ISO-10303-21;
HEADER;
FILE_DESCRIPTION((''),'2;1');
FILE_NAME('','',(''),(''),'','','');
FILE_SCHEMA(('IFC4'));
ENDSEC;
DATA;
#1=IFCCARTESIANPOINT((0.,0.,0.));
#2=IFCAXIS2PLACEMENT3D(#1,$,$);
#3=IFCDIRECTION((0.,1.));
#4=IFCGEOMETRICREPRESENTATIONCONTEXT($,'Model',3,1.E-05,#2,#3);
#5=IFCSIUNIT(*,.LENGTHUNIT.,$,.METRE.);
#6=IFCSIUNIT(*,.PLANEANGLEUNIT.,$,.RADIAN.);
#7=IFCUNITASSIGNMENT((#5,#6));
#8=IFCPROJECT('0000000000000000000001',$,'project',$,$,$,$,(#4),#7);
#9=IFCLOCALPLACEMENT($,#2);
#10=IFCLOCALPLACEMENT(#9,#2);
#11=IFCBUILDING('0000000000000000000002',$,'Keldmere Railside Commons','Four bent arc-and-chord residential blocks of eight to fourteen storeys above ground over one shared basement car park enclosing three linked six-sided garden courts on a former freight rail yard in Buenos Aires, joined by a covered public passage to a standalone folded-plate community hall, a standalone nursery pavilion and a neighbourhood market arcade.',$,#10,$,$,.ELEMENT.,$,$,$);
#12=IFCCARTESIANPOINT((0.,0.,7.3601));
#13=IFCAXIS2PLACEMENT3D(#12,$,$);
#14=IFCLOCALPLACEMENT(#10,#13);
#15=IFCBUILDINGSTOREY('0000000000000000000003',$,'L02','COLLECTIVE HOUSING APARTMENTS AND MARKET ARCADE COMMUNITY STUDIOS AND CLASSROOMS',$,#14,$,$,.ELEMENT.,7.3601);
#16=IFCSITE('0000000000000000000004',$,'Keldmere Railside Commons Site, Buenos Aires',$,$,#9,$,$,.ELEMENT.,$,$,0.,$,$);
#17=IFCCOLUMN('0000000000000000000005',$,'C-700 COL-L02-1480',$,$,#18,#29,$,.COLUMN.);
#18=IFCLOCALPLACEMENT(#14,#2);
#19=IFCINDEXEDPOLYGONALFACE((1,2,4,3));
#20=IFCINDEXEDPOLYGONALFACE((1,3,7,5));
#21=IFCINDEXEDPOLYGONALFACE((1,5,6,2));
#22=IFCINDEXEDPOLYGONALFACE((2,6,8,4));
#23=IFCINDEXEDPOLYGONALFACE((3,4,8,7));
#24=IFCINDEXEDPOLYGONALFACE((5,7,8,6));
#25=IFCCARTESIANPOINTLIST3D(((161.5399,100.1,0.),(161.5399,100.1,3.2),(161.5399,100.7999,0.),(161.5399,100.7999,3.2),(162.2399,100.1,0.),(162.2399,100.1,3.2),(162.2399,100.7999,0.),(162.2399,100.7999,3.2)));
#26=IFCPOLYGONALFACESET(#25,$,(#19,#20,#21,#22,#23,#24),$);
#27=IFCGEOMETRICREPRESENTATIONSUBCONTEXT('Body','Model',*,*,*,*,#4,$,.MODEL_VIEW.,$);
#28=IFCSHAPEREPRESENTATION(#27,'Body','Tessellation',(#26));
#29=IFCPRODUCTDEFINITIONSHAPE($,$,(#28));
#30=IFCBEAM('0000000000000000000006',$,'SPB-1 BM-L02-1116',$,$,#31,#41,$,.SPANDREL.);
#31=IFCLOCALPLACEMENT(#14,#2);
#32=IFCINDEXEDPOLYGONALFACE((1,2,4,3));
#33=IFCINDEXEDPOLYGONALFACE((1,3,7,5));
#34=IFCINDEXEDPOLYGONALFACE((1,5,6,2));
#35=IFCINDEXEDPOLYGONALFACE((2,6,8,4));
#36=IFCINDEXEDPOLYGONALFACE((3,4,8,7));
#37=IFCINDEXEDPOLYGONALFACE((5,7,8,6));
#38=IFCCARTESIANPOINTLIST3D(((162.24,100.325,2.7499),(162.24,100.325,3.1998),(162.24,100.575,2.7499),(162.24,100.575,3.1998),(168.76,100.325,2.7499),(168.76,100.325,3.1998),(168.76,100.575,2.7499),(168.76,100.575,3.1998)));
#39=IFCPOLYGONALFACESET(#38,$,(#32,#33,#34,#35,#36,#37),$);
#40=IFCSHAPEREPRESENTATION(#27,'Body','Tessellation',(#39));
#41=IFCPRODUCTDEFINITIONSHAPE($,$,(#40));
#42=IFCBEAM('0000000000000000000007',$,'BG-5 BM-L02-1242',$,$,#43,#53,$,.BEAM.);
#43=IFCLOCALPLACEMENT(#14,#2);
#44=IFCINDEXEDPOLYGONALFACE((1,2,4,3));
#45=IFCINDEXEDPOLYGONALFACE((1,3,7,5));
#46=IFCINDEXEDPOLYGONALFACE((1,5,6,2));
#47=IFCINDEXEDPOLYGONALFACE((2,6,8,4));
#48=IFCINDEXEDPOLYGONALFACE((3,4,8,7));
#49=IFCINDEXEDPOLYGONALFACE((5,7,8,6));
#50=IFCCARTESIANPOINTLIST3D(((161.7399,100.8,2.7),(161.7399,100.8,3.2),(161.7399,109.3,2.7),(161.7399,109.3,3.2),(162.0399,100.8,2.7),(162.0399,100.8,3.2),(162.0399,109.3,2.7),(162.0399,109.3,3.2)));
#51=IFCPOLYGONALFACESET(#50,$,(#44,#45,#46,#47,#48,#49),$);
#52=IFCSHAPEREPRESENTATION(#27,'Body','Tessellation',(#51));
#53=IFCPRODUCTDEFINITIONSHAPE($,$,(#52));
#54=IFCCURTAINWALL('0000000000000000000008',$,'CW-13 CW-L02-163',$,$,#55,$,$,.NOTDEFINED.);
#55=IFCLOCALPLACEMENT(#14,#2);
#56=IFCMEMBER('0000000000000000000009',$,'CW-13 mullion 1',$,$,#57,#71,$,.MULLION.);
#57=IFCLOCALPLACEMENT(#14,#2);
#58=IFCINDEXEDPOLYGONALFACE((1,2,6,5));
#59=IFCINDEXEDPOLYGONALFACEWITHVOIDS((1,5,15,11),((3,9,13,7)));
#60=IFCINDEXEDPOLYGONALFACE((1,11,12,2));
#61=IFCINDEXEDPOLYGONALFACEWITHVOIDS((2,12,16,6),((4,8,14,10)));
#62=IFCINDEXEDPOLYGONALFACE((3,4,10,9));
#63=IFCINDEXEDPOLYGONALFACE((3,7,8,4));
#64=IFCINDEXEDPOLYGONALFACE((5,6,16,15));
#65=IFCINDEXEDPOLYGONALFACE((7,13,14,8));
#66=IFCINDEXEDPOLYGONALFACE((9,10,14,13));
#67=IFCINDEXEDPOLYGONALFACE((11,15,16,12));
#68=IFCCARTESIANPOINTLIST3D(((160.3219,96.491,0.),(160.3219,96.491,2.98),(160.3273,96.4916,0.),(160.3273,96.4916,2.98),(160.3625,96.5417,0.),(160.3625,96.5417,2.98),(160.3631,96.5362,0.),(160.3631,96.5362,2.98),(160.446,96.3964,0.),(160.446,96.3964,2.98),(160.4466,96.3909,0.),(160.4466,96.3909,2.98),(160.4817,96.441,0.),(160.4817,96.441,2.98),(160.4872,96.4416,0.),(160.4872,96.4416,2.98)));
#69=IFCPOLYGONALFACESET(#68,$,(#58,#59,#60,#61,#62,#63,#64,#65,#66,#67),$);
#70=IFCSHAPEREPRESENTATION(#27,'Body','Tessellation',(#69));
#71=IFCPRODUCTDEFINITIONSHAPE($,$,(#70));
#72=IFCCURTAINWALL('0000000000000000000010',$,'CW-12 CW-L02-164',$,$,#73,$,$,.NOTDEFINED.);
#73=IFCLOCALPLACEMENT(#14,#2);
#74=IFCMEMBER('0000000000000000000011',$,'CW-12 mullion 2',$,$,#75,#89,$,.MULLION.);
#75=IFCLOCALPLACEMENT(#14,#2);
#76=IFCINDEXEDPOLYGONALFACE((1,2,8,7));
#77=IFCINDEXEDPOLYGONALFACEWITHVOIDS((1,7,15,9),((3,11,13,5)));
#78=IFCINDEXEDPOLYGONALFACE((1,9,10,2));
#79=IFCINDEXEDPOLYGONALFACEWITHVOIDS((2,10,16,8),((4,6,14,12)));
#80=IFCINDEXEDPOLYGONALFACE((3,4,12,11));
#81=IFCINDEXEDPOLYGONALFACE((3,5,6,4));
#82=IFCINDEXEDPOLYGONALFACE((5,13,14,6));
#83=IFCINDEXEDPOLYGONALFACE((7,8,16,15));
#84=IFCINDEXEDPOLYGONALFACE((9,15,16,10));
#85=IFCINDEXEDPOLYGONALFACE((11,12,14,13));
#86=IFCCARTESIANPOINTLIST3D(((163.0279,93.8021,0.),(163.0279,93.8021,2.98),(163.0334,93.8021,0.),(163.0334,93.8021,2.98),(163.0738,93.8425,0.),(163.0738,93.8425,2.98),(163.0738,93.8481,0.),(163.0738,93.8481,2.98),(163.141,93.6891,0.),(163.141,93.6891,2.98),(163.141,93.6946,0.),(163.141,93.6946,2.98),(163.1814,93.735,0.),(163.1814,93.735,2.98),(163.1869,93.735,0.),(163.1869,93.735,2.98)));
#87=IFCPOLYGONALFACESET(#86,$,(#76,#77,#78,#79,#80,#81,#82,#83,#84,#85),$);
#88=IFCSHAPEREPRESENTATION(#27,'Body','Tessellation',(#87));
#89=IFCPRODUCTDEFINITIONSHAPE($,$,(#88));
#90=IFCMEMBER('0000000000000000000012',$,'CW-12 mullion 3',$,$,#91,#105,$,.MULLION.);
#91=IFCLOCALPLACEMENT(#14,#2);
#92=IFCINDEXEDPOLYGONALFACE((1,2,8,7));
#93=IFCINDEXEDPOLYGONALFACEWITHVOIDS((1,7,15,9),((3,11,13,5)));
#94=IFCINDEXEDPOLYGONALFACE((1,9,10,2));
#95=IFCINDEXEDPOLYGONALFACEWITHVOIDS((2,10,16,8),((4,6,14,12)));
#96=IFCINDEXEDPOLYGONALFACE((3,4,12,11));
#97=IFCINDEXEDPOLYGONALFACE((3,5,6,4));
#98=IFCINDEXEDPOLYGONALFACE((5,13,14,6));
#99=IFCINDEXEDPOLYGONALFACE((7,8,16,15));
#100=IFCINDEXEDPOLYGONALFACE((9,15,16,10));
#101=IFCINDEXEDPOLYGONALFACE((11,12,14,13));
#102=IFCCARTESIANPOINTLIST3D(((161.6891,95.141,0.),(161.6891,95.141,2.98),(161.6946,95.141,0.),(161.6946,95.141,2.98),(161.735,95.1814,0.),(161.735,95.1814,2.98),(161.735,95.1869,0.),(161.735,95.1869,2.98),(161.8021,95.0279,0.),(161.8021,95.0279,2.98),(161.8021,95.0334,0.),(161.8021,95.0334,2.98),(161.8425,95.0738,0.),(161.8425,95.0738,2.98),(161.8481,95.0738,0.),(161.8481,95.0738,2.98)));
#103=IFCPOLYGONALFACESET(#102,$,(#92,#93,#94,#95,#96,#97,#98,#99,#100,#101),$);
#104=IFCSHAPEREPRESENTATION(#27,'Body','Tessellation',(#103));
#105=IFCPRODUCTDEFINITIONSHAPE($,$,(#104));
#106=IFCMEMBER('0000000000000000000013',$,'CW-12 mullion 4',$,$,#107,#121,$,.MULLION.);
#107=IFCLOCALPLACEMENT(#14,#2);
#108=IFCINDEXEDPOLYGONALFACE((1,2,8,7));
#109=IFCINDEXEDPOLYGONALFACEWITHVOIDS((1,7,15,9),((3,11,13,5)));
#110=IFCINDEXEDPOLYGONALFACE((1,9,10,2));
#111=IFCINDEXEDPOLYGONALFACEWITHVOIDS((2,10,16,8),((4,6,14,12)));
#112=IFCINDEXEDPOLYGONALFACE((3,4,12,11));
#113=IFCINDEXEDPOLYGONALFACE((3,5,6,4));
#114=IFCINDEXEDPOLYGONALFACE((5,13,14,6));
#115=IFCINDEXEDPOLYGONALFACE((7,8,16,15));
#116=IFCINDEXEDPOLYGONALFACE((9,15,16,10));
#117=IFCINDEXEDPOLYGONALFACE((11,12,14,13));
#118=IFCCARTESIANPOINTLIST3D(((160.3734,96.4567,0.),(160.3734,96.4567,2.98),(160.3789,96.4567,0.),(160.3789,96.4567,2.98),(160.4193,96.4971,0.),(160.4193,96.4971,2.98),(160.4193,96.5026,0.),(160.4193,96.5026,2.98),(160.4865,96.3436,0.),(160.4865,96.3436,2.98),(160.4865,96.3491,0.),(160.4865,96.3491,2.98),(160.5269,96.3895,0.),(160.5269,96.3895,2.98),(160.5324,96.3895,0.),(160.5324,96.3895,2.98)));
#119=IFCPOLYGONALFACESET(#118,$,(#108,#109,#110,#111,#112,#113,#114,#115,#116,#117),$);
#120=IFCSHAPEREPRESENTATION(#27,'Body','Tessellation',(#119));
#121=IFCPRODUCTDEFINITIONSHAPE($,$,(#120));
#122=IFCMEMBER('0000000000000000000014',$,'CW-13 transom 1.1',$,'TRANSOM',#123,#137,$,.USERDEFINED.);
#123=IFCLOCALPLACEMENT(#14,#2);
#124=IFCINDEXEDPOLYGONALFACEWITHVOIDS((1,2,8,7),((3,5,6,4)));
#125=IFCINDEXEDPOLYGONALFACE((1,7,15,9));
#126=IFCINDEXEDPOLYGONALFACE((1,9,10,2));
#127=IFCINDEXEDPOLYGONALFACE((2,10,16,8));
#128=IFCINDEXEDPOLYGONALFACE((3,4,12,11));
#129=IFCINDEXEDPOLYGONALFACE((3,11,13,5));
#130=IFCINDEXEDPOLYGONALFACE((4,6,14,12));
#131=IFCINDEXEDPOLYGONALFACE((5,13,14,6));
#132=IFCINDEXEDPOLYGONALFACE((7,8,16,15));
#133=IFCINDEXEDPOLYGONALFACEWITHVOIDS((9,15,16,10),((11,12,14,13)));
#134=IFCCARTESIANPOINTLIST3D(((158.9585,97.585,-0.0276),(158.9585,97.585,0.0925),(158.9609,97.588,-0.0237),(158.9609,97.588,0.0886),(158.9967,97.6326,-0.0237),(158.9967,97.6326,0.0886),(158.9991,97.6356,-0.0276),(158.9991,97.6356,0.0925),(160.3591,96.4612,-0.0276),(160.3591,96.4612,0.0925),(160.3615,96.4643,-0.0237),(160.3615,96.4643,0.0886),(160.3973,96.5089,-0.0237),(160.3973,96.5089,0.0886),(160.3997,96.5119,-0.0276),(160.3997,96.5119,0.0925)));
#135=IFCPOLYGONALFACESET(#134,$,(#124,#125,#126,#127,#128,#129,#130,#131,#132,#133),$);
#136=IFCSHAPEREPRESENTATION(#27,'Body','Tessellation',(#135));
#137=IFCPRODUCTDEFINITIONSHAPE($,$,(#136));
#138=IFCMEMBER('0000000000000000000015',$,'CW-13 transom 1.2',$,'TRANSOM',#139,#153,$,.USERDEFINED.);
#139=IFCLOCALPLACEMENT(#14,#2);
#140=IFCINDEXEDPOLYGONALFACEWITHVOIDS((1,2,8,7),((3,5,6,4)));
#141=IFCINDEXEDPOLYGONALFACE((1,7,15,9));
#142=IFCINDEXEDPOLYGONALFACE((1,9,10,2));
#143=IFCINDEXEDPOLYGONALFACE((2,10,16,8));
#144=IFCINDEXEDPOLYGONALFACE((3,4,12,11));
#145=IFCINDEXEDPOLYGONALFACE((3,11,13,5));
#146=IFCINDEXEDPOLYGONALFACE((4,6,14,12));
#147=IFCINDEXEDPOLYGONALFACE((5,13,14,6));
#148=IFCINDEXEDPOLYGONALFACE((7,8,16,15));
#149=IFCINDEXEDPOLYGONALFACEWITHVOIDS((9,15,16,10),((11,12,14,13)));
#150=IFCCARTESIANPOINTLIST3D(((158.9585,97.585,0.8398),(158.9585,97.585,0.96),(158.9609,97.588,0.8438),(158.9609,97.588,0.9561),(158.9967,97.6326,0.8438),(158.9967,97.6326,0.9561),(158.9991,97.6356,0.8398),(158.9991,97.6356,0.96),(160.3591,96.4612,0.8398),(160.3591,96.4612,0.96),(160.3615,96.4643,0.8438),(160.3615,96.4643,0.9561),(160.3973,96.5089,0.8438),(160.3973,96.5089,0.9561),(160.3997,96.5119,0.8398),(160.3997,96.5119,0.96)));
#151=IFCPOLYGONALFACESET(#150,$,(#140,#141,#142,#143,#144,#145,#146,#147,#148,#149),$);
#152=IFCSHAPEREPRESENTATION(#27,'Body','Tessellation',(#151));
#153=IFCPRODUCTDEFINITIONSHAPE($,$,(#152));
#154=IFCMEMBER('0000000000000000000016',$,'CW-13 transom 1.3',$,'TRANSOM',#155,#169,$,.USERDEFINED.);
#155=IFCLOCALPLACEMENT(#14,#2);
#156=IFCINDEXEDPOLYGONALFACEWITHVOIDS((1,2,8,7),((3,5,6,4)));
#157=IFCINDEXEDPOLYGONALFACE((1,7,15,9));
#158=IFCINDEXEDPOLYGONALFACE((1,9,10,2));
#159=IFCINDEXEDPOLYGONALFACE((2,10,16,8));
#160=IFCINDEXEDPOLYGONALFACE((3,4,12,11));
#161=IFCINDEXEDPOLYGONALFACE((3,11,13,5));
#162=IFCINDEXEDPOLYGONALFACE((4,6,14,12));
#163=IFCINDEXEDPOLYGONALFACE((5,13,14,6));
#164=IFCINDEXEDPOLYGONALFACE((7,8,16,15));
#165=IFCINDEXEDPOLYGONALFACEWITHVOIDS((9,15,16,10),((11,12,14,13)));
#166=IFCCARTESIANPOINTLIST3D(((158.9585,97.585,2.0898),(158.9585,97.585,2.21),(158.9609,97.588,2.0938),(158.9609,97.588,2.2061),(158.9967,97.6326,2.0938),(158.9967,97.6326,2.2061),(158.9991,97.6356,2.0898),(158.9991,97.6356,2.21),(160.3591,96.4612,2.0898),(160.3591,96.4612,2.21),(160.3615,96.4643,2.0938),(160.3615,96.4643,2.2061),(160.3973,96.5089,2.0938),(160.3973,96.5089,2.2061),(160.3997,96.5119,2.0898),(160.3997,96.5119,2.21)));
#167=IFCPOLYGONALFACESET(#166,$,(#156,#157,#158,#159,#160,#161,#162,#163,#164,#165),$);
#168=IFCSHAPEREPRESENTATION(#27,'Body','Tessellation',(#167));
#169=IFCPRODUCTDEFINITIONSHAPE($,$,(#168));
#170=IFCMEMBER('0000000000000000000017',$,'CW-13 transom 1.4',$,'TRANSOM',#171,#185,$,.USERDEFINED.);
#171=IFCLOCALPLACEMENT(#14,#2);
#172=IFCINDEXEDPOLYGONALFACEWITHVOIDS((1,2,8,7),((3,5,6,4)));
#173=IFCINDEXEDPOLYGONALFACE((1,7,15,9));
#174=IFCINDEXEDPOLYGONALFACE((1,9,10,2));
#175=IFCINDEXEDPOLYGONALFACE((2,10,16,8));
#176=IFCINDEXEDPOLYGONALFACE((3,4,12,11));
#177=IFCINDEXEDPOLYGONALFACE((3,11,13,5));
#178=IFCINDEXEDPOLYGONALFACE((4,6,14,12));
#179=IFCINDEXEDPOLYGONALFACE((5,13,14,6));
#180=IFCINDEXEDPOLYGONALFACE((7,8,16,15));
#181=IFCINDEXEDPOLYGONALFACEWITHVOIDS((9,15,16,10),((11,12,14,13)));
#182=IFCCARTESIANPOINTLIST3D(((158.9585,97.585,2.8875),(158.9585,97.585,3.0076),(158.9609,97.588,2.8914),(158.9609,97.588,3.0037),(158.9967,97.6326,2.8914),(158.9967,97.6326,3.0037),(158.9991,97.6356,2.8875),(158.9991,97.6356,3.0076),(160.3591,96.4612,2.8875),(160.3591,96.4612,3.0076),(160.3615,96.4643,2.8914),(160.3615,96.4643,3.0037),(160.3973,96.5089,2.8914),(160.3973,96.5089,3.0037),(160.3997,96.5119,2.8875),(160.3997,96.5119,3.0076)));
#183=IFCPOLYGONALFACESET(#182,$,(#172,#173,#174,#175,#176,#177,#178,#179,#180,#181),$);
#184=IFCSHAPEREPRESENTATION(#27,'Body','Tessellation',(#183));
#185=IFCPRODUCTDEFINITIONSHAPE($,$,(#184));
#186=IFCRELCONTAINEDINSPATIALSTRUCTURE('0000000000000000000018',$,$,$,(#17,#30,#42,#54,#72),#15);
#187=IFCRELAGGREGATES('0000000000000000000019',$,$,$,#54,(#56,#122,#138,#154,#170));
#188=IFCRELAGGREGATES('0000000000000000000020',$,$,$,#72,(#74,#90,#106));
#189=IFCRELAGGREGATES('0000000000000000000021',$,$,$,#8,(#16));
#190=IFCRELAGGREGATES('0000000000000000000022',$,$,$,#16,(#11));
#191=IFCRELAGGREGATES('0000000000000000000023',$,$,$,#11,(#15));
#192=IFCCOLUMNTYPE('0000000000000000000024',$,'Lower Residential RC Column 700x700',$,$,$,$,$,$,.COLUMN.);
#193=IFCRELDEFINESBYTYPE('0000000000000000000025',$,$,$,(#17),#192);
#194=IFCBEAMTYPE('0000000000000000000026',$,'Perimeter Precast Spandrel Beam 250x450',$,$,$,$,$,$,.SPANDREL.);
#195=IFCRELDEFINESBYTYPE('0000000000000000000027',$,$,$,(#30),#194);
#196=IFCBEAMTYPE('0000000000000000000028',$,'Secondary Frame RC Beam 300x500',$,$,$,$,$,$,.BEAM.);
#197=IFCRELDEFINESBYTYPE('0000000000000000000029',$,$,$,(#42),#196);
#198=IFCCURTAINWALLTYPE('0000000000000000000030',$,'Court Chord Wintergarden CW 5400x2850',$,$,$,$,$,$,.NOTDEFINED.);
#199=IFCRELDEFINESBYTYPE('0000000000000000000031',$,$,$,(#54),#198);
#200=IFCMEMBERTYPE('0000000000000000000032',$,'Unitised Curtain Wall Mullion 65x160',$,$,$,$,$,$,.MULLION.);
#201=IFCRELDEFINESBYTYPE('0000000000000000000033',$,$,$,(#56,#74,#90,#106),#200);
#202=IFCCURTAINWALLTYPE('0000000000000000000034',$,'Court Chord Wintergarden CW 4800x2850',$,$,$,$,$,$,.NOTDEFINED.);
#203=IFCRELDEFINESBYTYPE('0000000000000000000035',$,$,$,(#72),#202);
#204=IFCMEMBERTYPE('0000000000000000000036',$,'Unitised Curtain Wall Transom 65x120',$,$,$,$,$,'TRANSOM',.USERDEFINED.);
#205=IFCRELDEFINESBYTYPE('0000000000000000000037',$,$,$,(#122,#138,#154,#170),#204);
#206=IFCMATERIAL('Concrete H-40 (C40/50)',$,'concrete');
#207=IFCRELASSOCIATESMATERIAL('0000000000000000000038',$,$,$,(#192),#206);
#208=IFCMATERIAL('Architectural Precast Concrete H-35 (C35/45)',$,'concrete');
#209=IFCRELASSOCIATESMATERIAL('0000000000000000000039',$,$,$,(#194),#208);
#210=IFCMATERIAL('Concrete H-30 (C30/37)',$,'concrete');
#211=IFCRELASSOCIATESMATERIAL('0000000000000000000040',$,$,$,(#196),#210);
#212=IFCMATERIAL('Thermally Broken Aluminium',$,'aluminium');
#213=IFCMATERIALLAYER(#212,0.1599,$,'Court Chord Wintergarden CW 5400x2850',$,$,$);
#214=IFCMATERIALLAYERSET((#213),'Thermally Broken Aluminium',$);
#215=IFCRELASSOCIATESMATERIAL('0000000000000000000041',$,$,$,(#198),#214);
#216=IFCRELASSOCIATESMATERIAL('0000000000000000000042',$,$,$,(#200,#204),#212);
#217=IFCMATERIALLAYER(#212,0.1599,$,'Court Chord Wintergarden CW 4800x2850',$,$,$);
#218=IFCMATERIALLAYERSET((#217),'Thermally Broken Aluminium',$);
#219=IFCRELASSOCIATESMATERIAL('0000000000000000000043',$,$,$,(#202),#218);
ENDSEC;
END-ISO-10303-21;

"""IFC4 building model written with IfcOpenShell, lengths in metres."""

from ifc_helpers import new_model, si_unit, direction, frame, origin, origin_2d, place, context, subcontext, project, spatial, rectangle, hollow_rectangle, extrude, material, layer, layer_set, material_profile, profile_set, type_object, element, aggregate, save


model = new_model("IFC4")

# Units and contexts
model_context = context("Model", 3, precision=1e-05, world=origin(), true_north=direction((0.0, 1.0)))
body_context = subcontext(model_context, "Body", "Model", "MODEL_VIEW")
ifc_project = project(units=[si_unit("LENGTHUNIT", "METRE"), si_unit("PLANEANGLEUNIT", "RADIAN")], contexts=[model_context])

# Site, building, storey
site_placement = place(None, origin())
site = spatial("IfcSite", under=ifc_project, at=site_placement, Name="Keldmere Railside Commons Site, Buenos Aires", CompositionType="ELEMENT", RefElevation=0.0)
building_placement = place(site_placement, origin())
building = spatial("IfcBuilding", under=site, at=building_placement, Name="Keldmere Railside Commons", Description="Four bent arc-and-chord residential blocks of eight to fourteen storeys above ground over one shared basement car park enclosing three linked six-sided garden courts on a former freight rail yard in Buenos Aires, joined by a covered public passage to a standalone folded-plate community hall, a standalone nursery pavilion and a neighbourhood market arcade.", CompositionType="ELEMENT")
storey_placement = place(building_placement, frame((0.0, 0.0, 7.3601)))
storey = spatial("IfcBuildingStorey", under=building, at=storey_placement, Name="L02", Description="COLLECTIVE HOUSING APARTMENTS AND MARKET ARCADE COMMUNITY STUDIOS AND CLASSROOMS", CompositionType="ELEMENT", Elevation=7.3601)

# Column
ifc_material_1 = material(Name="Concrete H-40 (C40/50)", Category="concrete")
ifc_material_profile_1 = material_profile(ifc_material_1, rectangle(XDim=0.7, YDim=0.7, at=origin_2d()), Name="RC-700x700")
ifc_profile_set_1 = profile_set([ifc_material_profile_1], Name="Concrete H-40 (C40/50)")
column_type = type_object("IfcColumnType", Name="Lower Residential RC Column 700x700", PredefinedType="COLUMN", material=ifc_profile_set_1)
column_placement = place(storey_placement, frame((161.8899, 100.45, 0.0), z_axis=(0.0, 0.0, 1.0), x_axis=(1.0, 0.0, 0.0)))
element("IfcColumn", 1, at=column_placement, inside=storey, type_object=column_type, Name="C-700 COL-L02-1480", PredefinedType="COLUMN", context=body_context, shape_type="SweptSolid", body=[
    extrude(rectangle(XDim=0.7, YDim=0.7, at=origin_2d()), origin(), (0.0, 0.0, 1.0), 3.2),
])

# Beams
ifc_material_2 = material(Name="Architectural Precast Concrete H-35 (C35/45)", Category="concrete")
ifc_material_profile_2 = material_profile(ifc_material_2, rectangle(XDim=0.25, YDim=0.45, at=origin_2d()), Name="RC-250x450")
ifc_profile_set_2 = profile_set([ifc_material_profile_2], Name="Architectural Precast Concrete H-35 (C35/45)")
beam_type_1 = type_object("IfcBeamType", Name="Perimeter Precast Spandrel Beam 250x450", PredefinedType="SPANDREL", material=ifc_profile_set_2)
beam_1_placement = place(storey_placement, frame((162.24, 100.45, 2.9749), z_axis=(1.0, 0.0, 0.0), x_axis=(0.0, 1.0, 0.0)))
element("IfcBeam", 2, at=beam_1_placement, inside=storey, type_object=beam_type_1, Name="SPB-1 BM-L02-1116", PredefinedType="SPANDREL", context=body_context, shape_type="SweptSolid", body=[
    extrude(rectangle(XDim=0.25, YDim=0.45, at=origin_2d()), origin(), (0.0, 0.0, 1.0), 6.52),
])
ifc_material_3 = material(Name="Concrete H-30 (C30/37)", Category="concrete")
ifc_material_profile_3 = material_profile(ifc_material_3, rectangle(XDim=0.3, YDim=0.5, at=origin_2d()), Name="RC-300x500")
ifc_profile_set_3 = profile_set([ifc_material_profile_3], Name="Concrete H-30 (C30/37)")
beam_type_2 = type_object("IfcBeamType", Name="Secondary Frame RC Beam 300x500", PredefinedType="BEAM", material=ifc_profile_set_3)
beam_2_placement = place(storey_placement, frame((161.8899, 100.8, 2.95), z_axis=(0.0, 1.0, 0.0), x_axis=(-1.0, 0.0, 0.0)))
element("IfcBeam", 3, at=beam_2_placement, inside=storey, type_object=beam_type_2, Name="BG-5 BM-L02-1242", PredefinedType="BEAM", context=body_context, shape_type="SweptSolid", body=[
    extrude(rectangle(XDim=0.3, YDim=0.5, at=origin_2d()), origin(), (0.0, 0.0, 1.0), 8.5),
])

# Curtain wall, member
ifc_material_4 = material(Name="Thermally Broken Aluminium", Category="aluminium")
ifc_layer_1 = layer(ifc_material_4, 0.1599, Name="Court Chord Wintergarden CW 5400x2850")
ifc_layer_set_1 = layer_set([ifc_layer_1], Name="Thermally Broken Aluminium")
curtain_wall_type_1 = type_object("IfcCurtainWallType", Name="Court Chord Wintergarden CW 5400x2850", PredefinedType="NOTDEFINED", material=ifc_layer_set_1)
curtain_wall_1_placement = place(storey_placement, origin())
curtain_wall_1 = element("IfcCurtainWall", 4, at=curtain_wall_1_placement, inside=storey, type_object=curtain_wall_type_1, Name="CW-13 CW-L02-163", PredefinedType="NOTDEFINED")
ifc_material_profile_4 = material_profile(ifc_material_4, hollow_rectangle(XDim=0.0649, YDim=0.1599, WallThickness=0.0039, at=origin_2d()), Name="ALU-MULL-65x160")
ifc_profile_set_4 = profile_set([ifc_material_profile_4], Name="Thermally Broken Aluminium")
member_type_1 = type_object("IfcMemberType", Name="Unitised Curtain Wall Mullion 65x160", PredefinedType="MULLION", material=ifc_profile_set_4)
member_1_placement = place(storey_placement, frame((160.4045, 96.4663, 0.0), z_axis=(0.0, 0.0, 1.0), x_axis=(-0.625768, -0.780009, 0.0)))
member_1 = element("IfcMember", 5, at=member_1_placement, type_object=member_type_1, Name="CW-13 mullion 1", PredefinedType="MULLION", context=body_context, shape_type="SweptSolid", body=[
    extrude(hollow_rectangle(XDim=0.0649, YDim=0.1599, WallThickness=0.0039, at=origin_2d()), origin(), (0.0, 0.0, 1.0), 2.98),
])

# Curtain wall, members
ifc_layer_2 = layer(ifc_material_4, 0.1599, Name="Court Chord Wintergarden CW 4800x2850")
ifc_layer_set_2 = layer_set([ifc_layer_2], Name="Thermally Broken Aluminium")
curtain_wall_type_2 = type_object("IfcCurtainWallType", Name="Court Chord Wintergarden CW 4800x2850", PredefinedType="NOTDEFINED", material=ifc_layer_set_2)
curtain_wall_2_placement = place(storey_placement, origin())
curtain_wall_2 = element("IfcCurtainWall", 6, at=curtain_wall_2_placement, inside=storey, type_object=curtain_wall_type_2, Name="CW-12 CW-L02-164", PredefinedType="NOTDEFINED")
member_2_placement = place(storey_placement, frame((163.1074, 93.7686, 0.0), z_axis=(0.0, 0.0, 1.0), x_axis=(-0.707107, -0.707107, 0.0)))
member_2 = element("IfcMember", 7, at=member_2_placement, type_object=member_type_1, Name="CW-12 mullion 2", PredefinedType="MULLION", context=body_context, shape_type="SweptSolid", body=[
    extrude(hollow_rectangle(XDim=0.0649, YDim=0.1599, WallThickness=0.0039, at=origin_2d()), origin(), (0.0, 0.0, 1.0), 2.98),
])
member_3_placement = place(storey_placement, frame((161.7686, 95.1074, 0.0), z_axis=(0.0, 0.0, 1.0), x_axis=(-0.707107, -0.707107, 0.0)))
member_3 = element("IfcMember", 8, at=member_3_placement, type_object=member_type_1, Name="CW-12 mullion 3", PredefinedType="MULLION", context=body_context, shape_type="SweptSolid", body=[
    extrude(hollow_rectangle(XDim=0.0649, YDim=0.1599, WallThickness=0.0039, at=origin_2d()), origin(), (0.0, 0.0, 1.0), 2.98),
])
member_4_placement = place(storey_placement, frame((160.4529, 96.4231, 0.0), z_axis=(0.0, 0.0, 1.0), x_axis=(-0.707107, -0.707107, 0.0)))
member_4 = element("IfcMember", 9, at=member_4_placement, type_object=member_type_1, Name="CW-12 mullion 4", PredefinedType="MULLION", context=body_context, shape_type="SweptSolid", body=[
    extrude(hollow_rectangle(XDim=0.0649, YDim=0.1599, WallThickness=0.0039, at=origin_2d()), origin(), (0.0, 0.0, 1.0), 2.98),
])

# Members
ifc_material_profile_5 = material_profile(ifc_material_4, hollow_rectangle(XDim=0.0649, YDim=0.1201, WallThickness=0.0039, at=origin_2d()), Name="ALU-TRAN-65x120")
ifc_profile_set_5 = profile_set([ifc_material_profile_5], Name="Thermally Broken Aluminium")
member_type_2 = type_object("IfcMemberType", Name="Unitised Curtain Wall Transom 65x120", ElementType="TRANSOM", PredefinedType="USERDEFINED", material=ifc_profile_set_5)
member_5_placement = place(storey_placement, frame((160.3794, 96.4866, 0.0325), z_axis=(-0.779979, 0.625805, 0.0), x_axis=(-0.625805, -0.779979, 0.0)))
member_5 = element("IfcMember", 10, at=member_5_placement, type_object=member_type_2, Name="CW-13 transom 1.1", ObjectType="TRANSOM", PredefinedType="USERDEFINED", context=body_context, shape_type="SweptSolid", body=[
    extrude(hollow_rectangle(XDim=0.0649, YDim=0.1201, WallThickness=0.0039, at=origin_2d()), origin(), (0.0, 0.0, 1.0), 1.7957),
])
member_6_placement = place(storey_placement, frame((160.3794, 96.4866, 0.8999), z_axis=(-0.779979, 0.625805, 0.0), x_axis=(-0.625805, -0.779979, 0.0)))
member_6 = element("IfcMember", 11, at=member_6_placement, type_object=member_type_2, Name="CW-13 transom 1.2", ObjectType="TRANSOM", PredefinedType="USERDEFINED", context=body_context, shape_type="SweptSolid", body=[
    extrude(hollow_rectangle(XDim=0.0649, YDim=0.1201, WallThickness=0.0039, at=origin_2d()), origin(), (0.0, 0.0, 1.0), 1.7957),
])
member_7_placement = place(storey_placement, frame((160.3794, 96.4866, 2.1499), z_axis=(-0.779979, 0.625805, 0.0), x_axis=(-0.625805, -0.779979, 0.0)))
member_7 = element("IfcMember", 12, at=member_7_placement, type_object=member_type_2, Name="CW-13 transom 1.3", ObjectType="TRANSOM", PredefinedType="USERDEFINED", context=body_context, shape_type="SweptSolid", body=[
    extrude(hollow_rectangle(XDim=0.0649, YDim=0.1201, WallThickness=0.0039, at=origin_2d()), origin(), (0.0, 0.0, 1.0), 1.7957),
])
member_8_placement = place(storey_placement, frame((160.3794, 96.4866, 2.9475), z_axis=(-0.779979, 0.625805, 0.0), x_axis=(-0.625805, -0.779979, 0.0)))
member_8 = element("IfcMember", 13, at=member_8_placement, type_object=member_type_2, Name="CW-13 transom 1.4", ObjectType="TRANSOM", PredefinedType="USERDEFINED", context=body_context, shape_type="SweptSolid", body=[
    extrude(hollow_rectangle(XDim=0.0649, YDim=0.1201, WallThickness=0.0039, at=origin_2d()), origin(), (0.0, 0.0, 1.0), 1.7957),
])

aggregate(curtain_wall_1, [member_1, member_5, member_6, member_7, member_8])
aggregate(curtain_wall_2, [member_2, member_3, member_4])

save(model, "model.ifc")
